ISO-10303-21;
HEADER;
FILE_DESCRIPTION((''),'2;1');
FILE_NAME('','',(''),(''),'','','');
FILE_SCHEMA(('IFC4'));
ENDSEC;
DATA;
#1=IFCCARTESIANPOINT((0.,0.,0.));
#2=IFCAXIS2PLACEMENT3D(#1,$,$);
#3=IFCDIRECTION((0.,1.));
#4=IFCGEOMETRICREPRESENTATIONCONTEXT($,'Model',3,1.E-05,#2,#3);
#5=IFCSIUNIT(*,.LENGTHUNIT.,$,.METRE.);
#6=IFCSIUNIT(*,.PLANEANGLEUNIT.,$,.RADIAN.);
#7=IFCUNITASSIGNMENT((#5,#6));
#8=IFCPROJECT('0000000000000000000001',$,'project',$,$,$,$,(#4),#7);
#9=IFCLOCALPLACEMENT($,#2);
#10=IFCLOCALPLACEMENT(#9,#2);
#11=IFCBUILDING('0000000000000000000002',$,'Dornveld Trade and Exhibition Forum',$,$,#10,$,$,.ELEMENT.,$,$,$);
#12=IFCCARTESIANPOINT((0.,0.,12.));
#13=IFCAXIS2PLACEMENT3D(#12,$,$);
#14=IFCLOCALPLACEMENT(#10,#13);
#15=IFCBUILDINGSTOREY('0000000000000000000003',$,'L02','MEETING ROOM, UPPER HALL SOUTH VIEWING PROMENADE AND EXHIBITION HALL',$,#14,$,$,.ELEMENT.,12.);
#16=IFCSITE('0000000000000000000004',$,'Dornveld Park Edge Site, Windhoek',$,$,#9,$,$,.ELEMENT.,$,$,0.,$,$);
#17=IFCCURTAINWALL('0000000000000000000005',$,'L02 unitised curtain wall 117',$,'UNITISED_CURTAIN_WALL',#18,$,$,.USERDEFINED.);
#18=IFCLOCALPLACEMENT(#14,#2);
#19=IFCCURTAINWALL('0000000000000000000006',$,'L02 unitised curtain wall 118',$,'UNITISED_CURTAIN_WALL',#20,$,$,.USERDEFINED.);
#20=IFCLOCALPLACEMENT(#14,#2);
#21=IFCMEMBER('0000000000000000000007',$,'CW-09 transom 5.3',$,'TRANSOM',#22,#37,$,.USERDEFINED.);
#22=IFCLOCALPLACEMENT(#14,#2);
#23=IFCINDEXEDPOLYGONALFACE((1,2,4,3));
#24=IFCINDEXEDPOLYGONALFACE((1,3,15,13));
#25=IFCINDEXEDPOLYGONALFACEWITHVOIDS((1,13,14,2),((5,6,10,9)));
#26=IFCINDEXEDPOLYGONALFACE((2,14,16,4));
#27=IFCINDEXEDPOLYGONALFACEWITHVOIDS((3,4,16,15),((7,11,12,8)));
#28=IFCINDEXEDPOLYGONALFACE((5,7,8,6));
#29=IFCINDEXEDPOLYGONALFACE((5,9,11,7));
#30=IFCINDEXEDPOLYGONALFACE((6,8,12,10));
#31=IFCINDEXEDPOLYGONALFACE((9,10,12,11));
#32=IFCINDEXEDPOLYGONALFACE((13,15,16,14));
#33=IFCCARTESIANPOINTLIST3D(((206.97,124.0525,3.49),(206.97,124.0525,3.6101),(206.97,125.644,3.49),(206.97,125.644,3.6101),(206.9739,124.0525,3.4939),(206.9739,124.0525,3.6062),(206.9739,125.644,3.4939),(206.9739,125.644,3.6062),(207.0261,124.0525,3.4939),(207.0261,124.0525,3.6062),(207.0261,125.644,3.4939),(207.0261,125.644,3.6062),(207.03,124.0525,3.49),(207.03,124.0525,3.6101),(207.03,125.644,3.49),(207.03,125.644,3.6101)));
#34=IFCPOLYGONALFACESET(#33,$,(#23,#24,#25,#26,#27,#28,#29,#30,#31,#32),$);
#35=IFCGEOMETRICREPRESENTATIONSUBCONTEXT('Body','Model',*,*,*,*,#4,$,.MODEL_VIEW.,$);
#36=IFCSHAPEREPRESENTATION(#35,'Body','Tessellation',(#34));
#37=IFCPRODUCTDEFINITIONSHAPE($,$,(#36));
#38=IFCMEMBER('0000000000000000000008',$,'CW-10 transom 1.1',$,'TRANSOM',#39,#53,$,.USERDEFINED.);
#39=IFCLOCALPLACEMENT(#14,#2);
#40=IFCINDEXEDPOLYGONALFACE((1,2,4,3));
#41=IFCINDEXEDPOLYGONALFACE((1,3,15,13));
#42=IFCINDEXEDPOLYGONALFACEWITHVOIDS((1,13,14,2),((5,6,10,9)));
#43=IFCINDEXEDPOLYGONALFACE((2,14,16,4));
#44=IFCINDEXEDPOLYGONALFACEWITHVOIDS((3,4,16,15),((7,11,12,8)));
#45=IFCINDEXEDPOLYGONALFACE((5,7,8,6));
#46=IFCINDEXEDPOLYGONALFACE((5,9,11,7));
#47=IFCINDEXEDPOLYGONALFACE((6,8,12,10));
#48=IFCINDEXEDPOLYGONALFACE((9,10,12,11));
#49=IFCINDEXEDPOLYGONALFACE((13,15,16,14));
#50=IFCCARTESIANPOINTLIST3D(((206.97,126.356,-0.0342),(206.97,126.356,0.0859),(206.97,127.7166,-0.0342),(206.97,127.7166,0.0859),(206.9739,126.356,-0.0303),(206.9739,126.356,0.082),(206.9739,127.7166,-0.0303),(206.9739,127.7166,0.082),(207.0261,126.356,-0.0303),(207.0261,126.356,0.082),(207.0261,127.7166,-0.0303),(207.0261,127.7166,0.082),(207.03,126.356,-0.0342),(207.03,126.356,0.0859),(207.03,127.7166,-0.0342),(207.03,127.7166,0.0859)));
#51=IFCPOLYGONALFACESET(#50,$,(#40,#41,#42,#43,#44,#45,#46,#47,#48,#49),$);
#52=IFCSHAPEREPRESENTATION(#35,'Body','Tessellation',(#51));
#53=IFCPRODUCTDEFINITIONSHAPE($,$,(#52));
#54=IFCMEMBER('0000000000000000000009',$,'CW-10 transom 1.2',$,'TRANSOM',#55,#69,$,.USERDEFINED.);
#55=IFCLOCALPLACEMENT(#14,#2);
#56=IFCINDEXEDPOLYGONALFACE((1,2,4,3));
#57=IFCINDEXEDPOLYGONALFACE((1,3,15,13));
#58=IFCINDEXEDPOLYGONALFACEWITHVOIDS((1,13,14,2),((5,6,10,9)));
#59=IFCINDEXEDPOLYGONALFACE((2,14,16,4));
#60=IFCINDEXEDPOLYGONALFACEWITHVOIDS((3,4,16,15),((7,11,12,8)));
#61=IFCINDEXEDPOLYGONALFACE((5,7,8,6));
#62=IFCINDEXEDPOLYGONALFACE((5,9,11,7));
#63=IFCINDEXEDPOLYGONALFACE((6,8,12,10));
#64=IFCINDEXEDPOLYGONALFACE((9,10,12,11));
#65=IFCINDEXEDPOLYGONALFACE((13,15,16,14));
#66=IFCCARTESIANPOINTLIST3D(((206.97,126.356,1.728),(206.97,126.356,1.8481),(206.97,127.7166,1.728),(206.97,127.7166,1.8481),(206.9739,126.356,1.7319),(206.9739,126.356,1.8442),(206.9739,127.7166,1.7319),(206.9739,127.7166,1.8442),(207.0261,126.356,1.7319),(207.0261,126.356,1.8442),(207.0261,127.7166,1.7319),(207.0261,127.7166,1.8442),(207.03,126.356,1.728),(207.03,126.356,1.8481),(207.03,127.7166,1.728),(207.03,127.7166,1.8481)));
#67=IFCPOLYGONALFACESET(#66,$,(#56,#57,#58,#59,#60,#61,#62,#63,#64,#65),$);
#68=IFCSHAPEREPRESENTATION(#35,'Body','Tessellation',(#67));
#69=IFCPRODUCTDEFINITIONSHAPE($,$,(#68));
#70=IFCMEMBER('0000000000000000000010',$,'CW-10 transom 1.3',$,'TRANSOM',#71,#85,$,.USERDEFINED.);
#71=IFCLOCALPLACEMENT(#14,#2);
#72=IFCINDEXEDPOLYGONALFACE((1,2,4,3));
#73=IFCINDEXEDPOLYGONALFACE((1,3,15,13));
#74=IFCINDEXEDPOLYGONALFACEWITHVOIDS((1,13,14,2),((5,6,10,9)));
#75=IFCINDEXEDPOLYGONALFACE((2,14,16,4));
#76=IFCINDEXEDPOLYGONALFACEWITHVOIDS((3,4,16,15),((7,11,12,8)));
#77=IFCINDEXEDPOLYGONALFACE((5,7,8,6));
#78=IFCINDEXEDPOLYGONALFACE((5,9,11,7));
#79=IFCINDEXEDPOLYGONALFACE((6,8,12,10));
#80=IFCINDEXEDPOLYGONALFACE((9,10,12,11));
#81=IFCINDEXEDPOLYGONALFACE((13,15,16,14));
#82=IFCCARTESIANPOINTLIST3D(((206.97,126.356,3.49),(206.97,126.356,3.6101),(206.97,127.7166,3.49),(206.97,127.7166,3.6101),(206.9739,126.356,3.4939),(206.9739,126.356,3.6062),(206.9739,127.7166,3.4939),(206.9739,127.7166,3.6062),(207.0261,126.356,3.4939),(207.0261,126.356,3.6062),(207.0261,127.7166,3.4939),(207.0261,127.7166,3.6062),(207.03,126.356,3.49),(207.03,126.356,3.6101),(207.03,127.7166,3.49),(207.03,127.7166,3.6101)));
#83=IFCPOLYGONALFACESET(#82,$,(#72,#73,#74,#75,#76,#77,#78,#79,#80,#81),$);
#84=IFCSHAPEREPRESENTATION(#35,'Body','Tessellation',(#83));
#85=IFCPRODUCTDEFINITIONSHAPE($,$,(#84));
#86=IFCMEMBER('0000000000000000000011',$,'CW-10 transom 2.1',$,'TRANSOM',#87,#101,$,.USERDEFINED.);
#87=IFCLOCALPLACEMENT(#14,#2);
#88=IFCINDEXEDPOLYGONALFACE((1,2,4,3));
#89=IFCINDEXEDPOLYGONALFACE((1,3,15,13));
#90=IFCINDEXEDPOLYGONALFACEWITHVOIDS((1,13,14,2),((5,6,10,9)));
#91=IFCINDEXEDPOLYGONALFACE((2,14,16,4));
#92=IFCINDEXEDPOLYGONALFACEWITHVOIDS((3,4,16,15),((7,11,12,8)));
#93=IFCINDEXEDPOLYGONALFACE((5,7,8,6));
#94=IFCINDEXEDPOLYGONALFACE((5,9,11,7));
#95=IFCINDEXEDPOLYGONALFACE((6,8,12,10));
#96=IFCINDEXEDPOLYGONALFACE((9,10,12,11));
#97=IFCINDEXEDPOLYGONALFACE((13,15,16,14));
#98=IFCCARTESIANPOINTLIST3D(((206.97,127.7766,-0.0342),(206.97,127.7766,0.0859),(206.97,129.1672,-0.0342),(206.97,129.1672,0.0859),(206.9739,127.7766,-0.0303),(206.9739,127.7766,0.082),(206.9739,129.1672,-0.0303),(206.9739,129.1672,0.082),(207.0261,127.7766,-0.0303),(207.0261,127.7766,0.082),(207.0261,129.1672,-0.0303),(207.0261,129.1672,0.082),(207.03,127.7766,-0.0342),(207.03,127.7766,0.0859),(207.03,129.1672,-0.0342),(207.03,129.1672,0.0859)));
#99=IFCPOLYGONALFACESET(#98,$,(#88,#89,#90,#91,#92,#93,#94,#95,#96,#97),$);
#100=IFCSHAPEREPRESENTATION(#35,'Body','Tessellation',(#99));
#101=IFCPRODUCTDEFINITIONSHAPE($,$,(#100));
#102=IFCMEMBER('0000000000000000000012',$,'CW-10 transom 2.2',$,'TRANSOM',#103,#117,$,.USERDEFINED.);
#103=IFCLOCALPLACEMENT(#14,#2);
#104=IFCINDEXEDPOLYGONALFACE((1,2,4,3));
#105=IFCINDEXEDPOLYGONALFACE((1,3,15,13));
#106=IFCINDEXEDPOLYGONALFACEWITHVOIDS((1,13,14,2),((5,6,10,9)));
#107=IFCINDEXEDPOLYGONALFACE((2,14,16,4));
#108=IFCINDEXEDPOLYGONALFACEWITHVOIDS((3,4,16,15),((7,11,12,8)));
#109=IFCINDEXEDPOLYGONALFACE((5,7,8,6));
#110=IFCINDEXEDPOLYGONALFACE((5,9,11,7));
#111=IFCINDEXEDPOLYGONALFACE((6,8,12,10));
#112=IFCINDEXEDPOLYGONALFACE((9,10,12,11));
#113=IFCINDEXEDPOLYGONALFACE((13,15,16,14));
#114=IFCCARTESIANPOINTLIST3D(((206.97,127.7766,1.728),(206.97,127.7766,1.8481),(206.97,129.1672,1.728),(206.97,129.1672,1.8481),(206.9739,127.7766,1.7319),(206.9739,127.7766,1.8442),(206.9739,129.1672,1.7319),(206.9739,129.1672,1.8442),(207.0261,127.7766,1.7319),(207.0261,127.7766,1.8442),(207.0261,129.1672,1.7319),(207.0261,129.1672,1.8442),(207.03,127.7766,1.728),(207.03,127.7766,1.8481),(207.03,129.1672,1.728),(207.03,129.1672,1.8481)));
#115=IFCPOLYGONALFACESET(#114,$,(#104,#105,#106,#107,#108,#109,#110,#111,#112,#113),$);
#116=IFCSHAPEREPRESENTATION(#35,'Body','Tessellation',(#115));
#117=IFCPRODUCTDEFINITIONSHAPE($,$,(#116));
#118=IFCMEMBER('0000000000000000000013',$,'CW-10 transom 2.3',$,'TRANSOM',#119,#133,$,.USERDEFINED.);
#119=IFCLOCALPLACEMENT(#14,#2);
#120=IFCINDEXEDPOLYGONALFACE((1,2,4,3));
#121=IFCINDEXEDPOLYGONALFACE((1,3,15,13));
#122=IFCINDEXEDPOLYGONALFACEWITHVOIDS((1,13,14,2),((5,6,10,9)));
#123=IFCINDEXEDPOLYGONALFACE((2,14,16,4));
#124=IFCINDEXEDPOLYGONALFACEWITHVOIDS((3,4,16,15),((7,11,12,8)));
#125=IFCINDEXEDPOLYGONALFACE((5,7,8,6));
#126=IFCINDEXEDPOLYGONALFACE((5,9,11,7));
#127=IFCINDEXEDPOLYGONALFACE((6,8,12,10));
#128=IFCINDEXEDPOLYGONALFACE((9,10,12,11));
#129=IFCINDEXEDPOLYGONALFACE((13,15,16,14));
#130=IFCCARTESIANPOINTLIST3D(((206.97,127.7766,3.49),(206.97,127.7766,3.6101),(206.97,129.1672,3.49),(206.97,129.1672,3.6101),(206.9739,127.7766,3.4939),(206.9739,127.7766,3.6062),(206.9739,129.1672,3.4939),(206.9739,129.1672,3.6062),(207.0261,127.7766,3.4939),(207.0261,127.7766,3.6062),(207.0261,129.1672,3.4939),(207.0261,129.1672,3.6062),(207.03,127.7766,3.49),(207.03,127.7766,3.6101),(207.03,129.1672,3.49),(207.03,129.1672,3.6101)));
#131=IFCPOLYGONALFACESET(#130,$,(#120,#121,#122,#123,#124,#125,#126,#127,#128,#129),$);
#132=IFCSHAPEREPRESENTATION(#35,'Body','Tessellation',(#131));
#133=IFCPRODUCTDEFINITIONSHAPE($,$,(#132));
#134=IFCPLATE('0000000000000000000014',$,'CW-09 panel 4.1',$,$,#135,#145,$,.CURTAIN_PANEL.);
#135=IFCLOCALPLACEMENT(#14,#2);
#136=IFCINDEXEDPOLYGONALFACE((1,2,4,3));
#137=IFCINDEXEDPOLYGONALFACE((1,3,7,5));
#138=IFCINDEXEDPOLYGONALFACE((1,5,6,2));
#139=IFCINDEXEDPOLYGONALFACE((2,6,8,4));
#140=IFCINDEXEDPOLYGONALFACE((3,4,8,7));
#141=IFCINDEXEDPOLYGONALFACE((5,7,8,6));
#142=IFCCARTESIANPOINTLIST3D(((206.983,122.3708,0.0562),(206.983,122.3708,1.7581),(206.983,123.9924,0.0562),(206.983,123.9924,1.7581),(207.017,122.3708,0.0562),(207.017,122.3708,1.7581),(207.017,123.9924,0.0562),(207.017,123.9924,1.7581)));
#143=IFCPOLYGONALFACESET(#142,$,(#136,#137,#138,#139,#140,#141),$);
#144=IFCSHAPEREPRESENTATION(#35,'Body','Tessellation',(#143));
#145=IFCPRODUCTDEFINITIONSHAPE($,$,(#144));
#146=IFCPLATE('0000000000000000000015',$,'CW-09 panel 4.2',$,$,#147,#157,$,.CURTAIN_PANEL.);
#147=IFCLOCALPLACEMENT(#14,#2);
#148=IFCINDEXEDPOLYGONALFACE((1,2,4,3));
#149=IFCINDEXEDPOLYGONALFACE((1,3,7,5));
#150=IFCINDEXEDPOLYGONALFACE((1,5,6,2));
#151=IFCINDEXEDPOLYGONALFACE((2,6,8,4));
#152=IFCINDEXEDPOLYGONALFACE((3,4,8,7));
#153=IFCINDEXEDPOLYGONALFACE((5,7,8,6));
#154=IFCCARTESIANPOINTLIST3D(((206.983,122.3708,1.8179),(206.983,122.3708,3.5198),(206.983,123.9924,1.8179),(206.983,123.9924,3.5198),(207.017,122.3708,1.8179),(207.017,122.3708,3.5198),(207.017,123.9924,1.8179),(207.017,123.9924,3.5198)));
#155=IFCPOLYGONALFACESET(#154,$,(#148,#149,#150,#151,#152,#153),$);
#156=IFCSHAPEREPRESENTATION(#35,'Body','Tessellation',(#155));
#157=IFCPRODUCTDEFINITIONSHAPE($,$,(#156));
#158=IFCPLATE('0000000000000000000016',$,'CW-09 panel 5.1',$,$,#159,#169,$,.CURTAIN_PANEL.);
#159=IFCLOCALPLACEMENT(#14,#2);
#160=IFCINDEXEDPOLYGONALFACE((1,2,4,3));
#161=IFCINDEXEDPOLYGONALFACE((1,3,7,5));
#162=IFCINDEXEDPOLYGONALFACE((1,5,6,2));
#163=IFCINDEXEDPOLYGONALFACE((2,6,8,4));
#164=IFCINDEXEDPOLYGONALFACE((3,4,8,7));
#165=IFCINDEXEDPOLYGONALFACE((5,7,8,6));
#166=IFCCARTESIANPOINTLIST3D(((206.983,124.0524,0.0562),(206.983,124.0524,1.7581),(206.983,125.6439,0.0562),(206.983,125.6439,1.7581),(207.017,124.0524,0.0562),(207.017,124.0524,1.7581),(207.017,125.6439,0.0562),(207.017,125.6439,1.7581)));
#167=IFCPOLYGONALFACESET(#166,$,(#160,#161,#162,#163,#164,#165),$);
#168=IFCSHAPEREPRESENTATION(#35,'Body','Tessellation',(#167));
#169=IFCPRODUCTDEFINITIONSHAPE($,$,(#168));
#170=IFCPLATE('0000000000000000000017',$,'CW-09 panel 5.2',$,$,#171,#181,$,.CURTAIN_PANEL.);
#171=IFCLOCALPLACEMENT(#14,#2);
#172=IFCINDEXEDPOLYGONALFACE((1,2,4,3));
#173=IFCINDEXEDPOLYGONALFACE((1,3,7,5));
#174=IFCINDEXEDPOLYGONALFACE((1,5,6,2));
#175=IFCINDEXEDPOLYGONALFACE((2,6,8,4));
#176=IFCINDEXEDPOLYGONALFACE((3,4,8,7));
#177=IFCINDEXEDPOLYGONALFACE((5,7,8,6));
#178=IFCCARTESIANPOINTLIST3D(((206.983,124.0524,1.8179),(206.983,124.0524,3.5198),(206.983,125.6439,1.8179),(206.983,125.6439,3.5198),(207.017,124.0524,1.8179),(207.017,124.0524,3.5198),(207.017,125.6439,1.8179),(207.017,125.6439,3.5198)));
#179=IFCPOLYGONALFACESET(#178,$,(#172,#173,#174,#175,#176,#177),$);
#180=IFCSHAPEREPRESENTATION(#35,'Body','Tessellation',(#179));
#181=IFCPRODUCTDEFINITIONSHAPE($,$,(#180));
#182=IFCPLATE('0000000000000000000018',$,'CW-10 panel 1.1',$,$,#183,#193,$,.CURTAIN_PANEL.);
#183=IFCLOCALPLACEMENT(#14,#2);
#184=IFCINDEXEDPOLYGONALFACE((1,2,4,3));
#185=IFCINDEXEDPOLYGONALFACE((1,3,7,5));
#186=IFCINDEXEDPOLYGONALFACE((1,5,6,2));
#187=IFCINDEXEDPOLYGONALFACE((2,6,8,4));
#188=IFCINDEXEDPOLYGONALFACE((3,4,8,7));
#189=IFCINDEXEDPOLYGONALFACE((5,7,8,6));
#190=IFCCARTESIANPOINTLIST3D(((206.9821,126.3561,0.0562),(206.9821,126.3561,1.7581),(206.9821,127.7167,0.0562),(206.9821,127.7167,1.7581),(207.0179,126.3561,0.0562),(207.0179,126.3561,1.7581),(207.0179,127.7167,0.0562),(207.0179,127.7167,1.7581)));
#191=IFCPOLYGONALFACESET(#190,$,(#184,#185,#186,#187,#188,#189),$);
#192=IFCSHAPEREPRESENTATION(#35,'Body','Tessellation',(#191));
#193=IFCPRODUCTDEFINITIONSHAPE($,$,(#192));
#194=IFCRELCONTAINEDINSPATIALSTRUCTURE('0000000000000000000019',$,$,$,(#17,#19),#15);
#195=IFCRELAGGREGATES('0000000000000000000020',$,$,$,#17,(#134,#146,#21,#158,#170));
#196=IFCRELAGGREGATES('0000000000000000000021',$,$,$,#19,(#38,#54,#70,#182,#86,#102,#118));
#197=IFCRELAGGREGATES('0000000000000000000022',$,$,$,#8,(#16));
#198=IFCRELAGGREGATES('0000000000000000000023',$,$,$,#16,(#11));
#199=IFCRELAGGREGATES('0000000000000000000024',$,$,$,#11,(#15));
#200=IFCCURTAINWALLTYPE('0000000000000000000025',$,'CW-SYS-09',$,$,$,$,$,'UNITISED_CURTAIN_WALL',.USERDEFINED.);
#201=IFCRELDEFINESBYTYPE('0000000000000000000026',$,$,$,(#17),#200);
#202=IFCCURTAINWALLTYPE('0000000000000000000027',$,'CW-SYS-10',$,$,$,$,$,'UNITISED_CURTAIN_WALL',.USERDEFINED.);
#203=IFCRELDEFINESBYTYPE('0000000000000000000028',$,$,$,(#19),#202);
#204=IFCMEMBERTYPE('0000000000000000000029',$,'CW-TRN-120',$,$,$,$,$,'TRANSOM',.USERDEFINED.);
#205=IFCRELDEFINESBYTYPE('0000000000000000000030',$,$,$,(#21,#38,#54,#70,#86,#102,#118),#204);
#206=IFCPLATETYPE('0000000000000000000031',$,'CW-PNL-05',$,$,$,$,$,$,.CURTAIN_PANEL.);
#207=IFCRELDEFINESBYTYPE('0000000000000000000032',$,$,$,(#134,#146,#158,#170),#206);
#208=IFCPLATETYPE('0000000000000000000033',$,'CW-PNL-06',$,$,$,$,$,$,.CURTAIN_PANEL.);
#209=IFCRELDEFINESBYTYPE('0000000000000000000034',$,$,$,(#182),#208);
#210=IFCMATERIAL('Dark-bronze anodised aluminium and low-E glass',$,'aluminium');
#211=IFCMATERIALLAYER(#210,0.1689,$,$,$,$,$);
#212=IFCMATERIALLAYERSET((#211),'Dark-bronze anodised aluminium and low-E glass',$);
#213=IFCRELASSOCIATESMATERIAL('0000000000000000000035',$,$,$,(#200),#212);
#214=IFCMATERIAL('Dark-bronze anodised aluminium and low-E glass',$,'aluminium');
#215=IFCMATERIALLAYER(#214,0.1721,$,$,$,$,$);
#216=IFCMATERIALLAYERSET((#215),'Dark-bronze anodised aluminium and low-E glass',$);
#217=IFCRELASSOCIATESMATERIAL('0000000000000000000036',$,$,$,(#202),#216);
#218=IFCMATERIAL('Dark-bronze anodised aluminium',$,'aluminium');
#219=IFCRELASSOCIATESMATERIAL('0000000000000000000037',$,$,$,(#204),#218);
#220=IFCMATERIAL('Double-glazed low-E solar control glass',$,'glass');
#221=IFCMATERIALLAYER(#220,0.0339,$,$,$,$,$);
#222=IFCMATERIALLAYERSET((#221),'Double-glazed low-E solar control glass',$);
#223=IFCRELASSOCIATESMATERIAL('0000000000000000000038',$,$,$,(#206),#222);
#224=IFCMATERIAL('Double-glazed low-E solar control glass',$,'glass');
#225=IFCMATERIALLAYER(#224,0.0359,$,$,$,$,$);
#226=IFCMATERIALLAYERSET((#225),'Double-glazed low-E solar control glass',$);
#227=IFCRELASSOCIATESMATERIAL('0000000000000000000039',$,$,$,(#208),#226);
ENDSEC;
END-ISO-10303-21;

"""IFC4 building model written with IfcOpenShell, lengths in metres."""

from ifc_helpers import new_model, si_unit, direction, frame, origin, origin_2d, place, context, subcontext, project, spatial, rectangle, hollow_rectangle, extrude, material, layer, layer_set, material_profile, profile_set, type_object, element, aggregate, save


model = new_model("IFC4")

# Units and contexts
model_context = context("Model", 3, precision=1e-05, world=origin(), true_north=direction((0.0, 1.0)))
body_context = subcontext(model_context, "Body", "Model", "MODEL_VIEW")
ifc_project = project(units=[si_unit("LENGTHUNIT", "METRE"), si_unit("PLANEANGLEUNIT", "RADIAN")], contexts=[model_context])

# Site, building, storey
site_placement = place(None, origin())
site = spatial("IfcSite", under=ifc_project, at=site_placement, Name="Dornveld Park Edge Site, Windhoek", CompositionType="ELEMENT", RefElevation=0.0)
building_placement = place(site_placement, origin())
building = spatial("IfcBuilding", under=site, at=building_placement, Name="Dornveld Trade and Exhibition Forum", CompositionType="ELEMENT")
storey_placement = place(building_placement, frame((0.0, 0.0, 12.0)))
storey = spatial("IfcBuildingStorey", under=building, at=storey_placement, Name="L02", Description="MEETING ROOM, UPPER HALL SOUTH VIEWING PROMENADE AND EXHIBITION HALL", CompositionType="ELEMENT", Elevation=12.0)

# Curtain walls
ifc_material_1 = material(Name="Dark-bronze anodised aluminium and low-E glass", Category="aluminium")
ifc_layer_1 = layer(ifc_material_1, 0.1689)
ifc_layer_set_1 = layer_set([ifc_layer_1], Name="Dark-bronze anodised aluminium and low-E glass")
curtain_wall_type_1 = type_object("IfcCurtainWallType", Name="CW-SYS-09", ElementType="UNITISED_CURTAIN_WALL", PredefinedType="USERDEFINED", material=ifc_layer_set_1)
curtain_wall_1_placement = place(storey_placement, origin())
curtain_wall_1 = element("IfcCurtainWall", 1, at=curtain_wall_1_placement, inside=storey, type_object=curtain_wall_type_1, Name="L02 unitised curtain wall 117", ObjectType="UNITISED_CURTAIN_WALL", PredefinedType="USERDEFINED")
ifc_material_2 = material(Name="Dark-bronze anodised aluminium and low-E glass", Category="aluminium")
ifc_layer_2 = layer(ifc_material_2, 0.1721)
ifc_layer_set_2 = layer_set([ifc_layer_2], Name="Dark-bronze anodised aluminium and low-E glass")
curtain_wall_type_2 = type_object("IfcCurtainWallType", Name="CW-SYS-10", ElementType="UNITISED_CURTAIN_WALL", PredefinedType="USERDEFINED", material=ifc_layer_set_2)
curtain_wall_2_placement = place(storey_placement, origin())
curtain_wall_2 = element("IfcCurtainWall", 2, at=curtain_wall_2_placement, inside=storey, type_object=curtain_wall_type_2, Name="L02 unitised curtain wall 118", ObjectType="UNITISED_CURTAIN_WALL", PredefinedType="USERDEFINED")

# Members
ifc_material_3 = material(Name="Dark-bronze anodised aluminium", Category="aluminium")
ifc_material_profile_1 = material_profile(ifc_material_3, hollow_rectangle(XDim=0.0601, YDim=0.1201, WallThickness=0.0039, at=origin_2d()), Name="RHS 120x60x4")
ifc_profile_set_1 = profile_set([ifc_material_profile_1], Name="Dark-bronze anodised aluminium")
member_type_1 = type_object("IfcMemberType", Name="CW-TRN-120", ElementType="TRANSOM", PredefinedType="USERDEFINED", material=ifc_profile_set_1)
member_1_placement = place(storey_placement, frame((207.0, 124.0525, 3.55), z_axis=(0.0, 1.0, 0.0), x_axis=(-1.0, 0.0, 0.0)))
member_1 = element("IfcMember", 3, at=member_1_placement, type_object=member_type_1, Name="CW-09 transom 5.3", ObjectType="TRANSOM", PredefinedType="USERDEFINED", context=body_context, shape_type="SweptSolid", body=[
    extrude(hollow_rectangle(XDim=0.0601, YDim=0.1201, WallThickness=0.0039, at=origin_2d()), origin(), (0.0, 0.0, 1.0), 1.5916),
])
member_2_placement = place(storey_placement, frame((207.0, 126.356, 0.0259), z_axis=(0.0, 1.0, 0.0), x_axis=(-1.0, 0.0, 0.0)))
member_2 = element("IfcMember", 4, at=member_2_placement, type_object=member_type_1, Name="CW-10 transom 1.1", ObjectType="TRANSOM", PredefinedType="USERDEFINED", context=body_context, shape_type="SweptSolid", body=[
    extrude(hollow_rectangle(XDim=0.0601, YDim=0.1201, WallThickness=0.0039, at=origin_2d()), origin(), (0.0, 0.0, 1.0), 1.3606),
])
member_3_placement = place(storey_placement, frame((207.0, 126.356, 1.7881), z_axis=(0.0, 1.0, 0.0), x_axis=(-1.0, 0.0, 0.0)))
member_3 = element("IfcMember", 5, at=member_3_placement, type_object=member_type_1, Name="CW-10 transom 1.2", ObjectType="TRANSOM", PredefinedType="USERDEFINED", context=body_context, shape_type="SweptSolid", body=[
    extrude(hollow_rectangle(XDim=0.0601, YDim=0.1201, WallThickness=0.0039, at=origin_2d()), origin(), (0.0, 0.0, 1.0), 1.3606),
])
member_4_placement = place(storey_placement, frame((207.0, 126.356, 3.55), z_axis=(0.0, 1.0, 0.0), x_axis=(-1.0, 0.0, 0.0)))
member_4 = element("IfcMember", 6, at=member_4_placement, type_object=member_type_1, Name="CW-10 transom 1.3", ObjectType="TRANSOM", PredefinedType="USERDEFINED", context=body_context, shape_type="SweptSolid", body=[
    extrude(hollow_rectangle(XDim=0.0601, YDim=0.1201, WallThickness=0.0039, at=origin_2d()), origin(), (0.0, 0.0, 1.0), 1.3606),
])
member_5_placement = place(storey_placement, frame((207.0, 127.7766, 0.0259), z_axis=(0.0, 1.0, 0.0), x_axis=(-1.0, 0.0, 0.0)))
member_5 = element("IfcMember", 7, at=member_5_placement, type_object=member_type_1, Name="CW-10 transom 2.1", ObjectType="TRANSOM", PredefinedType="USERDEFINED", context=body_context, shape_type="SweptSolid", body=[
    extrude(hollow_rectangle(XDim=0.0601, YDim=0.1201, WallThickness=0.0039, at=origin_2d()), origin(), (0.0, 0.0, 1.0), 1.3906),
])
member_6_placement = place(storey_placement, frame((207.0, 127.7766, 1.7881), z_axis=(0.0, 1.0, 0.0), x_axis=(-1.0, 0.0, 0.0)))
member_6 = element("IfcMember", 8, at=member_6_placement, type_object=member_type_1, Name="CW-10 transom 2.2", ObjectType="TRANSOM", PredefinedType="USERDEFINED", context=body_context, shape_type="SweptSolid", body=[
    extrude(hollow_rectangle(XDim=0.0601, YDim=0.1201, WallThickness=0.0039, at=origin_2d()), origin(), (0.0, 0.0, 1.0), 1.3906),
])
member_7_placement = place(storey_placement, frame((207.0, 127.7766, 3.55), z_axis=(0.0, 1.0, 0.0), x_axis=(-1.0, 0.0, 0.0)))
member_7 = element("IfcMember", 9, at=member_7_placement, type_object=member_type_1, Name="CW-10 transom 2.3", ObjectType="TRANSOM", PredefinedType="USERDEFINED", context=body_context, shape_type="SweptSolid", body=[
    extrude(hollow_rectangle(XDim=0.0601, YDim=0.1201, WallThickness=0.0039, at=origin_2d()), origin(), (0.0, 0.0, 1.0), 1.3906),
])

# Plates
ifc_material_4 = material(Name="Double-glazed low-E solar control glass", Category="glass")
ifc_layer_3 = layer(ifc_material_4, 0.0339)
ifc_layer_set_3 = layer_set([ifc_layer_3], Name="Double-glazed low-E solar control glass")
plate_type_1 = type_object("IfcPlateType", Name="CW-PNL-05", PredefinedType="CURTAIN_PANEL", material=ifc_layer_set_3)
plate_1_placement = place(storey_placement, frame((207.0, 123.1816, 0.0562), z_axis=(0.0, 0.0, 1.0), x_axis=(0.0, 1.0, 0.0)))
plate_1 = element("IfcPlate", 10, at=plate_1_placement, type_object=plate_type_1, Name="CW-09 panel 4.1", PredefinedType="CURTAIN_PANEL", context=body_context, shape_type="SweptSolid", body=[
    extrude(rectangle(XDim=1.6216, YDim=0.0339, at=origin_2d()), origin(), (0.0, 0.0, 1.0), 1.7019),
])
plate_2_placement = place(storey_placement, frame((207.0, 123.1816, 1.8179), z_axis=(0.0, 0.0, 1.0), x_axis=(0.0, 1.0, 0.0)))
plate_2 = element("IfcPlate", 11, at=plate_2_placement, type_object=plate_type_1, Name="CW-09 panel 4.2", PredefinedType="CURTAIN_PANEL", context=body_context, shape_type="SweptSolid", body=[
    extrude(rectangle(XDim=1.6216, YDim=0.0339, at=origin_2d()), origin(), (0.0, 0.0, 1.0), 1.7019),
])
plate_3_placement = place(storey_placement, frame((207.0, 124.8481, 0.0562), z_axis=(0.0, 0.0, 1.0), x_axis=(0.0, 1.0, 0.0)))
plate_3 = element("IfcPlate", 12, at=plate_3_placement, type_object=plate_type_1, Name="CW-09 panel 5.1", PredefinedType="CURTAIN_PANEL", context=body_context, shape_type="SweptSolid", body=[
    extrude(rectangle(XDim=1.5916, YDim=0.0339, at=origin_2d()), origin(), (0.0, 0.0, 1.0), 1.7019),
])
plate_4_placement = place(storey_placement, frame((207.0, 124.8481, 1.8179), z_axis=(0.0, 0.0, 1.0), x_axis=(0.0, 1.0, 0.0)))
plate_4 = element("IfcPlate", 13, at=plate_4_placement, type_object=plate_type_1, Name="CW-09 panel 5.2", PredefinedType="CURTAIN_PANEL", context=body_context, shape_type="SweptSolid", body=[
    extrude(rectangle(XDim=1.5916, YDim=0.0339, at=origin_2d()), origin(), (0.0, 0.0, 1.0), 1.7019),
])
aggregate(curtain_wall_1, [plate_1, plate_2, member_1, plate_3, plate_4])
ifc_material_5 = material(Name="Double-glazed low-E solar control glass", Category="glass")
ifc_layer_4 = layer(ifc_material_5, 0.0359)
ifc_layer_set_4 = layer_set([ifc_layer_4], Name="Double-glazed low-E solar control glass")
plate_type_2 = type_object("IfcPlateType", Name="CW-PNL-06", PredefinedType="CURTAIN_PANEL", material=ifc_layer_set_4)
plate_5_placement = place(storey_placement, frame((207.0, 127.0364, 0.0562), z_axis=(0.0, 0.0, 1.0), x_axis=(0.0, 1.0, 0.0)))
plate_5 = element("IfcPlate", 14, at=plate_5_placement, type_object=plate_type_2, Name="CW-10 panel 1.1", PredefinedType="CURTAIN_PANEL", context=body_context, shape_type="SweptSolid", body=[
    extrude(rectangle(XDim=1.3606, YDim=0.0359, at=origin_2d()), origin(), (0.0, 0.0, 1.0), 1.7019),
])
aggregate(curtain_wall_2, [member_2, member_3, member_4, plate_5, member_5, member_6, member_7])

save(model, "model.ifc")
